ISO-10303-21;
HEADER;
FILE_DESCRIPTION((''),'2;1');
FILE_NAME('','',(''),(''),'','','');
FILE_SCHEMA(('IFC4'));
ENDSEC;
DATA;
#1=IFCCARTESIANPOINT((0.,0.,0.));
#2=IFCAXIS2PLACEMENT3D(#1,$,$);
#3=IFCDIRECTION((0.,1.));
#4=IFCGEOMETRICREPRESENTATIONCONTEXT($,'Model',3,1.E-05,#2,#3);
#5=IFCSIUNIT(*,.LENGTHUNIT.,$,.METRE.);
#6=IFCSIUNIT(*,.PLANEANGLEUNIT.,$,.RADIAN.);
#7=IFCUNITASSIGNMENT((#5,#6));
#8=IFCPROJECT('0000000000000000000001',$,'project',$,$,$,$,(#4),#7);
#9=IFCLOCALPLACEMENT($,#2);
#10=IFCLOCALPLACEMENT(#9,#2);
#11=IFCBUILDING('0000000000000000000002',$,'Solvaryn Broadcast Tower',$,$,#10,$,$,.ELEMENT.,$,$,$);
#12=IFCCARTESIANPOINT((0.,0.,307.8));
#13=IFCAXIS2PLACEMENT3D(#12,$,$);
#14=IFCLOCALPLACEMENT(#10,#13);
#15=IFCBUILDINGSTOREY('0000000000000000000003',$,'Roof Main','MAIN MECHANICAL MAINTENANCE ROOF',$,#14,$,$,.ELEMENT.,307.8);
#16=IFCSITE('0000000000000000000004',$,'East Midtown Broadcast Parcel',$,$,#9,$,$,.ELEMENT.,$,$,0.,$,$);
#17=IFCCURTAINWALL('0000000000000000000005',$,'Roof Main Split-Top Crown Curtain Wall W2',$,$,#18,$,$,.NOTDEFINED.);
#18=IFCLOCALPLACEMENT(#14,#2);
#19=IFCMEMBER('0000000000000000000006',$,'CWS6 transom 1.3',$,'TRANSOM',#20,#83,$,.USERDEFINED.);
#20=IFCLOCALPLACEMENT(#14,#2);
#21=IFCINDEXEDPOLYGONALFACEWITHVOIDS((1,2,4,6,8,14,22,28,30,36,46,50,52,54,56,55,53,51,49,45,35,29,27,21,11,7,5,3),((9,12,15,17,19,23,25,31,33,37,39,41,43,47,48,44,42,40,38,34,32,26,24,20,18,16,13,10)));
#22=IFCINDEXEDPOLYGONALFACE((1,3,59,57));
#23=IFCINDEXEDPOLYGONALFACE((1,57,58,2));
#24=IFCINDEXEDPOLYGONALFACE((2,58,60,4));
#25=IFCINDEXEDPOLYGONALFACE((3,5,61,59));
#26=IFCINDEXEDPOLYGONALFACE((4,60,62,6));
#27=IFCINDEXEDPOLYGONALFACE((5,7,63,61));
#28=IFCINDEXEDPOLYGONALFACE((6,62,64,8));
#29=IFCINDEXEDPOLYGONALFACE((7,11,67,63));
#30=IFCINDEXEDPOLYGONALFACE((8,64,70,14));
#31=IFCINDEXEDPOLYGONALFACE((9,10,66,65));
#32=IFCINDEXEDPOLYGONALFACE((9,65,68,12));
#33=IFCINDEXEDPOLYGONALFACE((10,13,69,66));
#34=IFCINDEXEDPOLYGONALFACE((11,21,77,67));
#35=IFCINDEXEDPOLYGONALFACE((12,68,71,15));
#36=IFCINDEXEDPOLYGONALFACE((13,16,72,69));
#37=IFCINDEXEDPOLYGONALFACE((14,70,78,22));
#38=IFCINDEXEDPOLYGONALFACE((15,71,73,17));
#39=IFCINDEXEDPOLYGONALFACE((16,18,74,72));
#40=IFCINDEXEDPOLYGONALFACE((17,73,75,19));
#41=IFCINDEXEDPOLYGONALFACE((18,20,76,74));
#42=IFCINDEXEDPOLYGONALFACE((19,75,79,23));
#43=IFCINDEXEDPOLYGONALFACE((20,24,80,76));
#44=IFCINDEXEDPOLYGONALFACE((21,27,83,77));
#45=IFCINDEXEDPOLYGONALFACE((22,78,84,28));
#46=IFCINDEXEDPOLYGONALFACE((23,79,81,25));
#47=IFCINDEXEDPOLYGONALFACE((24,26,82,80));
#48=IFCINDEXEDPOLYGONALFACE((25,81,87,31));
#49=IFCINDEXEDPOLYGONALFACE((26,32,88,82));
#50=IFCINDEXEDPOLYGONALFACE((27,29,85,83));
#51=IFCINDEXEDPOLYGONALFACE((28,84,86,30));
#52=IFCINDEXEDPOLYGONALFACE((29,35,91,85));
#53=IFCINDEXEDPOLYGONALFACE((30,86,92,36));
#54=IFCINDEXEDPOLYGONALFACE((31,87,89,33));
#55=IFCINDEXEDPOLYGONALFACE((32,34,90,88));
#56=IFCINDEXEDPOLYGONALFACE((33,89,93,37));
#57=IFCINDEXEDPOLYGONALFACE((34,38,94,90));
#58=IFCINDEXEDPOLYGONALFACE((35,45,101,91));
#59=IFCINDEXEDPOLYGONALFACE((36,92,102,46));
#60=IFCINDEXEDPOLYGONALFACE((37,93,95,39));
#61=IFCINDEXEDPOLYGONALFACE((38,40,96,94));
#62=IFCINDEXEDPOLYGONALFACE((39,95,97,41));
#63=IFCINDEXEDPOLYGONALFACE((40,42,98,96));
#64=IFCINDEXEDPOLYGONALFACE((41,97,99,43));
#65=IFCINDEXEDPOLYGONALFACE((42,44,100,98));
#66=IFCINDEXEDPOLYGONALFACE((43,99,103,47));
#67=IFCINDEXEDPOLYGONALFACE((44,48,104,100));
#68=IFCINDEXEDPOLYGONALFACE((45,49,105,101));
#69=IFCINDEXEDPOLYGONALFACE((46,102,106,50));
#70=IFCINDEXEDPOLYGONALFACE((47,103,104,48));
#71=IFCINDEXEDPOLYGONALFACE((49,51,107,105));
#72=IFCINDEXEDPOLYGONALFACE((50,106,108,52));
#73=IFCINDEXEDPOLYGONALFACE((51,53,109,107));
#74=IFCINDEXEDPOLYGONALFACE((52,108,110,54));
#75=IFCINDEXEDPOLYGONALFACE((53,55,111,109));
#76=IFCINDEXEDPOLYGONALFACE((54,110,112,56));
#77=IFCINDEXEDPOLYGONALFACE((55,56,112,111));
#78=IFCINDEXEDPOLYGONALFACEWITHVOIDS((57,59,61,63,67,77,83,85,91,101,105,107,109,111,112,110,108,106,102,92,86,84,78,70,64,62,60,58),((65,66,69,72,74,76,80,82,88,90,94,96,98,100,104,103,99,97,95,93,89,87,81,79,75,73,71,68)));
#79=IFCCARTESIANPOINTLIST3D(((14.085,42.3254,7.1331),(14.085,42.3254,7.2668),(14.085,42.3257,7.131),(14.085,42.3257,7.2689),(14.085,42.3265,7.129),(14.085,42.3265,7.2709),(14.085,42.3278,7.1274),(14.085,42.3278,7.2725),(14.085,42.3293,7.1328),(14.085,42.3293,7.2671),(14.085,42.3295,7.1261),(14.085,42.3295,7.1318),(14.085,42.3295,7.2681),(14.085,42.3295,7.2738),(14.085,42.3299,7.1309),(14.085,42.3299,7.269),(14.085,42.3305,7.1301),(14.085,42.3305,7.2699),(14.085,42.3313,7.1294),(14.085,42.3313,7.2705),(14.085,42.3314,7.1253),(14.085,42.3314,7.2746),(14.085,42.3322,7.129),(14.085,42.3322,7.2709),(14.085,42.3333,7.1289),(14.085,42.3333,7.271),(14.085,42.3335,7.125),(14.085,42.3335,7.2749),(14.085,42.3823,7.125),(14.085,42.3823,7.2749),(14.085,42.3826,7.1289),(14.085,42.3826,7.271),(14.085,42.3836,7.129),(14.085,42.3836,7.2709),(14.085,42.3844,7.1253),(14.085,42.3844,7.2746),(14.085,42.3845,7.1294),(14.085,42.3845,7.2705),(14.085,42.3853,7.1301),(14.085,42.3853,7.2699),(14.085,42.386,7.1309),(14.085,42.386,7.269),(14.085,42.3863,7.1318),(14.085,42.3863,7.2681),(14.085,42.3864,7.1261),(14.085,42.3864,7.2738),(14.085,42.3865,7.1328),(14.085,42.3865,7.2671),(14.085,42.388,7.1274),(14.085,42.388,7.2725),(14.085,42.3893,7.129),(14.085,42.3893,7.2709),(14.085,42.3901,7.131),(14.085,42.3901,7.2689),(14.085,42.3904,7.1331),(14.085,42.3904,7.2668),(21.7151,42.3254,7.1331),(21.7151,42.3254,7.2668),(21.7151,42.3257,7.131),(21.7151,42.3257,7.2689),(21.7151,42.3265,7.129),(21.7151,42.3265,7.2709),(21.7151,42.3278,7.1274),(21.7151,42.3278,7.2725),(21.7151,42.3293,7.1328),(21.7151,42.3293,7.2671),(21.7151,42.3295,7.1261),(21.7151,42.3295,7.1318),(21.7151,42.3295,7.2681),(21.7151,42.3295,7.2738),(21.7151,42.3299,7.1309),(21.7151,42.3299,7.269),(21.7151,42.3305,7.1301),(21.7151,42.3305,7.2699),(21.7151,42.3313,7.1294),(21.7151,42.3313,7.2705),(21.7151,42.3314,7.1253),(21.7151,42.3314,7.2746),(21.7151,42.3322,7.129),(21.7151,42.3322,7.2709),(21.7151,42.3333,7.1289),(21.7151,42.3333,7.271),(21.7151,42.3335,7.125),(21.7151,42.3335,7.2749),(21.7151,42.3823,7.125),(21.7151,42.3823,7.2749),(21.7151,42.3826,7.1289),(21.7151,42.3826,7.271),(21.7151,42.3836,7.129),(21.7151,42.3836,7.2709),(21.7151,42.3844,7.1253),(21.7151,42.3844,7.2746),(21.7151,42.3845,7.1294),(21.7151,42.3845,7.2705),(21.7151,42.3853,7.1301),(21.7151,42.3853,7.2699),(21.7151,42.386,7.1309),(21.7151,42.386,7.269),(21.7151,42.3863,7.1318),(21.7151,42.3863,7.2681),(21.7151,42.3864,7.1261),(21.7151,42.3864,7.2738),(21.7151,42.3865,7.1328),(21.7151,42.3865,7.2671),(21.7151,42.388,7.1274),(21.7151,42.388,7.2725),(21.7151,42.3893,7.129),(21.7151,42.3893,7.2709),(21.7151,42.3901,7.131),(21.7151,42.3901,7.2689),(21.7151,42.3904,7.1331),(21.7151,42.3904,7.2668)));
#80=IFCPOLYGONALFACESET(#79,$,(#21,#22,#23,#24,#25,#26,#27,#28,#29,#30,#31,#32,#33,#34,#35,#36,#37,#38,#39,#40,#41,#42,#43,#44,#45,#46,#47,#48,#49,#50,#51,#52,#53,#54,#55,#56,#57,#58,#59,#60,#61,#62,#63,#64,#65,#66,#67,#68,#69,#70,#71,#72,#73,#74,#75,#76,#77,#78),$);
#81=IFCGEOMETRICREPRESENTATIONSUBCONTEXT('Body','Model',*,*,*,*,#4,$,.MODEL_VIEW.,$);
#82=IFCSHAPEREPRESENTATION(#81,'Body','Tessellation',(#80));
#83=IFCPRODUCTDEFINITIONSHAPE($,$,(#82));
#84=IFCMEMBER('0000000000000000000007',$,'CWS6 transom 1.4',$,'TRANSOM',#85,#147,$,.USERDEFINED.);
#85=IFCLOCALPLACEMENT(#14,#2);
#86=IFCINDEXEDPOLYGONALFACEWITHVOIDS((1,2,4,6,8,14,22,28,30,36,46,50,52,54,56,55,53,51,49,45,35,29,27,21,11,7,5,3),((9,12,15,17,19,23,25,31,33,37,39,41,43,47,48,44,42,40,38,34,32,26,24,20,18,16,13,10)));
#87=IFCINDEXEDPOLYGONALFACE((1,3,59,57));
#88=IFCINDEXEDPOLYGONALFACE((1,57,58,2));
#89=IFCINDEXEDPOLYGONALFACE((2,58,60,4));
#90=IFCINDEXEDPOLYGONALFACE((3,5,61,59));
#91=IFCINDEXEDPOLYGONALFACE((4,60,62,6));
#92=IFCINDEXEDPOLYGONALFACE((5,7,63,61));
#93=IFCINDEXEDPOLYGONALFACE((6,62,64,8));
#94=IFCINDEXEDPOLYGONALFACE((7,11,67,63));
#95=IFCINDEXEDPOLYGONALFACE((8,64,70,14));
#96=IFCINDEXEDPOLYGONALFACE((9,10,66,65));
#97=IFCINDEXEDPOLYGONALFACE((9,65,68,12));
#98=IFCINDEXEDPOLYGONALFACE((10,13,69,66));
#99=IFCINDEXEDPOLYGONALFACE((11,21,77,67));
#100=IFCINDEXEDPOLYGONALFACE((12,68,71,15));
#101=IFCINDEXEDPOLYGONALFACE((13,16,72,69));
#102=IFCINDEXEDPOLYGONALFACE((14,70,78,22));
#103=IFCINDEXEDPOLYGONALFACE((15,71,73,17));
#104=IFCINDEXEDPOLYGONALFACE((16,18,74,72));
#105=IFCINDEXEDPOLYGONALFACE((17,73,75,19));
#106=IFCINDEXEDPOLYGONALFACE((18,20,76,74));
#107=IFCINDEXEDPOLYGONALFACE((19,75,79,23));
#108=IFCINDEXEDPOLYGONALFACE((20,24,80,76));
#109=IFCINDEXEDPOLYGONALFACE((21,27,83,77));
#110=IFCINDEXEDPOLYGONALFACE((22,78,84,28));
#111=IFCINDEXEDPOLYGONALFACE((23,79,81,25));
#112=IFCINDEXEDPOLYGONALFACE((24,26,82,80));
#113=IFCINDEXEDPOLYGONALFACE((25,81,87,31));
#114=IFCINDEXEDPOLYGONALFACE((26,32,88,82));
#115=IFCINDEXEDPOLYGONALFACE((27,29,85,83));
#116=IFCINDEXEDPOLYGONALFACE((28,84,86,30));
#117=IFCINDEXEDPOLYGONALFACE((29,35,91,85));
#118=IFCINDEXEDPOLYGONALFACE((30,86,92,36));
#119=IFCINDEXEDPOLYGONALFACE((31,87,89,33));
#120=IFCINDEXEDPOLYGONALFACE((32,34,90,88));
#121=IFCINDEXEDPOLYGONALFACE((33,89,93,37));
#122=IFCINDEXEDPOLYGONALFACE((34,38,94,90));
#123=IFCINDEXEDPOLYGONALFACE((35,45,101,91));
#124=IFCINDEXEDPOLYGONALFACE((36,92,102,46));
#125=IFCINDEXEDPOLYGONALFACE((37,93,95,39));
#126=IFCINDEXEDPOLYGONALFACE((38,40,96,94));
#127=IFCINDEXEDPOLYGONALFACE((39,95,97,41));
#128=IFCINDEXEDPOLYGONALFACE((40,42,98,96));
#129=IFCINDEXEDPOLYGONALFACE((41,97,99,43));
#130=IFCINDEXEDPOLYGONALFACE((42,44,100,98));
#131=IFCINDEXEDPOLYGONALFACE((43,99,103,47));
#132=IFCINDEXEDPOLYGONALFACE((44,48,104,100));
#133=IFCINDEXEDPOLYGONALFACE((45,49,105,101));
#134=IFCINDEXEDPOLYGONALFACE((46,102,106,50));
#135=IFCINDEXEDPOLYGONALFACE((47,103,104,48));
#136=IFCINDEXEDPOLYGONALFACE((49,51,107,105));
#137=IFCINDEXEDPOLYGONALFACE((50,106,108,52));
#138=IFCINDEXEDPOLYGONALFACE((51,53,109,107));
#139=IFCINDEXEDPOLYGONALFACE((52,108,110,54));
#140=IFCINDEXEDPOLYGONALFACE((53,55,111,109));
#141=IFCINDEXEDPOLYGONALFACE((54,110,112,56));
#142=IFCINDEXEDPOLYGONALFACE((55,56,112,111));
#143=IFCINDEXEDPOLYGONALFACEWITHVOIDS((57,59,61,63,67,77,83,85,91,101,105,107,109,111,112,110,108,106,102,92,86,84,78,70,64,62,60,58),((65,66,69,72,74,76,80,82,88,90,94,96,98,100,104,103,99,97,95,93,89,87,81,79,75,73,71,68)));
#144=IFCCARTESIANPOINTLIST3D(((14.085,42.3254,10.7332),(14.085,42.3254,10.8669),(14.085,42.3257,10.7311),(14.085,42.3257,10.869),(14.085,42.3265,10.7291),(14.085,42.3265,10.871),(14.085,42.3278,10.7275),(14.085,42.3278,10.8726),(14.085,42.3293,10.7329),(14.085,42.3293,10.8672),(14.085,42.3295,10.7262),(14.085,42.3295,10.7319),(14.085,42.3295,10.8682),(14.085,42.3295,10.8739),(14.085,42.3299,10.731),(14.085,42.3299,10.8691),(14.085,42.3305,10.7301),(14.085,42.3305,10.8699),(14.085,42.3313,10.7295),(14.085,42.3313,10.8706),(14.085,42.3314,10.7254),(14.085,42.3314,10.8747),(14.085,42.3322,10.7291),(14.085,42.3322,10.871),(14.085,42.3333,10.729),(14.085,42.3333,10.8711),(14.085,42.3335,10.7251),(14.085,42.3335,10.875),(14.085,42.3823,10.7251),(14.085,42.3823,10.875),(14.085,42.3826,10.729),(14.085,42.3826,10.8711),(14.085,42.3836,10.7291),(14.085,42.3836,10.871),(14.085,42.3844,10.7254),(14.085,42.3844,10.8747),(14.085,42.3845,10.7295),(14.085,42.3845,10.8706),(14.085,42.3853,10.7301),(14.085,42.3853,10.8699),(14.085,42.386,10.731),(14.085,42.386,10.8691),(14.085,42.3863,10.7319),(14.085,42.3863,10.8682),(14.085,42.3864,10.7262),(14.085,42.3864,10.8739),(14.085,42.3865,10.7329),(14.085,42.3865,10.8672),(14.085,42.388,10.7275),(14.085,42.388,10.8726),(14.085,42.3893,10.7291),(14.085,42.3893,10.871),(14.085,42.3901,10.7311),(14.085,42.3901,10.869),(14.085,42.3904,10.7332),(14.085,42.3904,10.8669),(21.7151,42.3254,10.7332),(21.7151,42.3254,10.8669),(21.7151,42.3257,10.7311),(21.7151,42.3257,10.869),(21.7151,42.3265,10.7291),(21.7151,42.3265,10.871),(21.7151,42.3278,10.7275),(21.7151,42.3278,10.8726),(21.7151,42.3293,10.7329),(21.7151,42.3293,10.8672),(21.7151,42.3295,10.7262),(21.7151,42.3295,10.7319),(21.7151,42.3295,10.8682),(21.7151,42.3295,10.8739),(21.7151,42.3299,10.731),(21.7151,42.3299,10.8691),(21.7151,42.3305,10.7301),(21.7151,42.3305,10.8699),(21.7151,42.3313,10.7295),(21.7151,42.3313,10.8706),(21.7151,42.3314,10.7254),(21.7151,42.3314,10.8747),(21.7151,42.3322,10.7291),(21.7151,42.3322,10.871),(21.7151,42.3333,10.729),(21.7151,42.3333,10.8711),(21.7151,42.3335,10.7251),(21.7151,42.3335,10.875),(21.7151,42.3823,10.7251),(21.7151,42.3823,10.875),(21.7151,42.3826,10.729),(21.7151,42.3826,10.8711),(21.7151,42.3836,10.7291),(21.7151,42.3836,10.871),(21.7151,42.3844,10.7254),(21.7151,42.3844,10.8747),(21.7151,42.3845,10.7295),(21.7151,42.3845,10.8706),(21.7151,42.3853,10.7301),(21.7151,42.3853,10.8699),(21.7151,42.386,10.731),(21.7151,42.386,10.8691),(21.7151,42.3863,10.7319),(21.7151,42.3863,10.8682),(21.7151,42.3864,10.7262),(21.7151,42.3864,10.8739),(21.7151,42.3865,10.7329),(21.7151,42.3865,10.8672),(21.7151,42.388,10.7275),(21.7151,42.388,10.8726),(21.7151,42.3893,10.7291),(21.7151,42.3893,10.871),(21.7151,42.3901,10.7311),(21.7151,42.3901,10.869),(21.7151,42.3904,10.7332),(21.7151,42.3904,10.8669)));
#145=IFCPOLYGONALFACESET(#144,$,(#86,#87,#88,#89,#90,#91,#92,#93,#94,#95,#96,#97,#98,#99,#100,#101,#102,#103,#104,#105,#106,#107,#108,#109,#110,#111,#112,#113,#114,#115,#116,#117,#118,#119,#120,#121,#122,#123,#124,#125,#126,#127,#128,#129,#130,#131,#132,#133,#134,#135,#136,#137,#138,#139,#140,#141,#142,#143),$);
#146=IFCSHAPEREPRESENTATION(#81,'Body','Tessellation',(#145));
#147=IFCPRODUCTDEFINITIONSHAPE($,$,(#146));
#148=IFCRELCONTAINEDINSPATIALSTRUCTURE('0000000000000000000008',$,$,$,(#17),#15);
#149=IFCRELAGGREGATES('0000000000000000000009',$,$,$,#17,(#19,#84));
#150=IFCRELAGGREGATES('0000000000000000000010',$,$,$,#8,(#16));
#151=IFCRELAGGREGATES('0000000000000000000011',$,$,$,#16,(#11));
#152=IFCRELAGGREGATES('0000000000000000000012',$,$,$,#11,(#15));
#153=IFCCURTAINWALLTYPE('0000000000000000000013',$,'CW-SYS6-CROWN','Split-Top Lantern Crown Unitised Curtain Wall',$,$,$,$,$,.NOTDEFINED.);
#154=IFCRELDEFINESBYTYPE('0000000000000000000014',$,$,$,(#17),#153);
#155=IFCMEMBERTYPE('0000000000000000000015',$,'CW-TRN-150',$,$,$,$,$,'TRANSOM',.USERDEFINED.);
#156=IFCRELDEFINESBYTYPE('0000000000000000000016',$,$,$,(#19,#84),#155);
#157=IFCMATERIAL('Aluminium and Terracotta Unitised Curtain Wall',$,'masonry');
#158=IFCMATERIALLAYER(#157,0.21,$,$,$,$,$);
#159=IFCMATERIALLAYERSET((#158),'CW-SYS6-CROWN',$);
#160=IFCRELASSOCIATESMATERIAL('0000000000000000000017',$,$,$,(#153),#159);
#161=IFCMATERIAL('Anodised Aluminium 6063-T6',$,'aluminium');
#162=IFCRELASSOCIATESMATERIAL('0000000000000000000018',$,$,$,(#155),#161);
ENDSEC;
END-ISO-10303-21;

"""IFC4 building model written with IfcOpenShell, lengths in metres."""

from ifc_helpers import new_model, si_unit, direction, frame, origin, origin_2d, place, context, subcontext, project, spatial, hollow_rectangle, extrude, material, layer, layer_set, material_profile, profile_set, type_object, element, aggregate, save


model = new_model("IFC4")

# Units and contexts
model_context = context("Model", 3, precision=1e-05, world=origin(), true_north=direction((0.0, 1.0)))
body_context = subcontext(model_context, "Body", "Model", "MODEL_VIEW")
ifc_project = project(units=[si_unit("LENGTHUNIT", "METRE"), si_unit("PLANEANGLEUNIT", "RADIAN")], contexts=[model_context])

# Site, building, storey
site_placement = place(None, origin())
site = spatial("IfcSite", under=ifc_project, at=site_placement, Name="East Midtown Broadcast Parcel", CompositionType="ELEMENT", RefElevation=0.0)
building_placement = place(site_placement, origin())
building = spatial("IfcBuilding", under=site, at=building_placement, Name="Solvaryn Broadcast Tower", CompositionType="ELEMENT")
storey_placement = place(building_placement, frame((0.0, 0.0, 307.8)))
storey = spatial("IfcBuildingStorey", under=building, at=storey_placement, Name="Roof Main", Description="MAIN MECHANICAL MAINTENANCE ROOF", CompositionType="ELEMENT", Elevation=307.8)

# Curtain wall
ifc_material_1 = material(Name="Aluminium and Terracotta Unitised Curtain Wall", Category="masonry")
ifc_layer_1 = layer(ifc_material_1, 0.21)
ifc_layer_set_1 = layer_set([ifc_layer_1], Name="CW-SYS6-CROWN")
curtain_wall_type = type_object("IfcCurtainWallType", Name="CW-SYS6-CROWN", Description="Split-Top Lantern Crown Unitised Curtain Wall", PredefinedType="NOTDEFINED", material=ifc_layer_set_1)
curtain_wall_1_placement = place(storey_placement, origin())
curtain_wall_1 = element("IfcCurtainWall", 1, at=curtain_wall_1_placement, inside=storey, type_object=curtain_wall_type, Name="Roof Main Split-Top Crown Curtain Wall W2", PredefinedType="NOTDEFINED")

# Members
ifc_material_2 = material(Name="Anodised Aluminium 6063-T6", Category="aluminium")
ifc_material_profile_1 = material_profile(ifc_material_2, hollow_rectangle(XDim=0.0649, YDim=0.1499, WallThickness=0.0039, InnerFilletRadius=0.0039, OuterFilletRadius=0.0081, at=origin_2d()))
ifc_profile_set_1 = profile_set([ifc_material_profile_1], Name="Anodised Aluminium 6063-T6")
member_type_1 = type_object("IfcMemberType", Name="CW-TRN-150", ElementType="TRANSOM", PredefinedType="USERDEFINED", material=ifc_profile_set_1)
member_1_placement = place(storey_placement, frame((21.7151, 42.3579, 7.2), z_axis=(-1.0, 0.0, 0.0), x_axis=(0.0, -1.0, 0.0)))
member_1 = element("IfcMember", 2, at=member_1_placement, type_object=member_type_1, Name="CWS6 transom 1.3", ObjectType="TRANSOM", PredefinedType="USERDEFINED", context=body_context, shape_type="SweptSolid", body=[
    extrude(hollow_rectangle(XDim=0.0649, YDim=0.1499, WallThickness=0.0039, InnerFilletRadius=0.0039, OuterFilletRadius=0.0081, at=origin_2d()), origin(), (0.0, 0.0, 1.0), 7.6301),
])
member_2_placement = place(storey_placement, frame((21.7151, 42.3579, 10.8), z_axis=(-1.0, 0.0, 0.0), x_axis=(0.0, -1.0, 0.0)))
member_2 = element("IfcMember", 3, at=member_2_placement, type_object=member_type_1, Name="CWS6 transom 1.4", ObjectType="TRANSOM", PredefinedType="USERDEFINED", context=body_context, shape_type="SweptSolid", body=[
    extrude(hollow_rectangle(XDim=0.0649, YDim=0.1499, WallThickness=0.0039, InnerFilletRadius=0.0039, OuterFilletRadius=0.0081, at=origin_2d()), origin(), (0.0, 0.0, 1.0), 7.6301),
])
aggregate(curtain_wall_1, [member_1, member_2])

save(model, "model.ifc")
